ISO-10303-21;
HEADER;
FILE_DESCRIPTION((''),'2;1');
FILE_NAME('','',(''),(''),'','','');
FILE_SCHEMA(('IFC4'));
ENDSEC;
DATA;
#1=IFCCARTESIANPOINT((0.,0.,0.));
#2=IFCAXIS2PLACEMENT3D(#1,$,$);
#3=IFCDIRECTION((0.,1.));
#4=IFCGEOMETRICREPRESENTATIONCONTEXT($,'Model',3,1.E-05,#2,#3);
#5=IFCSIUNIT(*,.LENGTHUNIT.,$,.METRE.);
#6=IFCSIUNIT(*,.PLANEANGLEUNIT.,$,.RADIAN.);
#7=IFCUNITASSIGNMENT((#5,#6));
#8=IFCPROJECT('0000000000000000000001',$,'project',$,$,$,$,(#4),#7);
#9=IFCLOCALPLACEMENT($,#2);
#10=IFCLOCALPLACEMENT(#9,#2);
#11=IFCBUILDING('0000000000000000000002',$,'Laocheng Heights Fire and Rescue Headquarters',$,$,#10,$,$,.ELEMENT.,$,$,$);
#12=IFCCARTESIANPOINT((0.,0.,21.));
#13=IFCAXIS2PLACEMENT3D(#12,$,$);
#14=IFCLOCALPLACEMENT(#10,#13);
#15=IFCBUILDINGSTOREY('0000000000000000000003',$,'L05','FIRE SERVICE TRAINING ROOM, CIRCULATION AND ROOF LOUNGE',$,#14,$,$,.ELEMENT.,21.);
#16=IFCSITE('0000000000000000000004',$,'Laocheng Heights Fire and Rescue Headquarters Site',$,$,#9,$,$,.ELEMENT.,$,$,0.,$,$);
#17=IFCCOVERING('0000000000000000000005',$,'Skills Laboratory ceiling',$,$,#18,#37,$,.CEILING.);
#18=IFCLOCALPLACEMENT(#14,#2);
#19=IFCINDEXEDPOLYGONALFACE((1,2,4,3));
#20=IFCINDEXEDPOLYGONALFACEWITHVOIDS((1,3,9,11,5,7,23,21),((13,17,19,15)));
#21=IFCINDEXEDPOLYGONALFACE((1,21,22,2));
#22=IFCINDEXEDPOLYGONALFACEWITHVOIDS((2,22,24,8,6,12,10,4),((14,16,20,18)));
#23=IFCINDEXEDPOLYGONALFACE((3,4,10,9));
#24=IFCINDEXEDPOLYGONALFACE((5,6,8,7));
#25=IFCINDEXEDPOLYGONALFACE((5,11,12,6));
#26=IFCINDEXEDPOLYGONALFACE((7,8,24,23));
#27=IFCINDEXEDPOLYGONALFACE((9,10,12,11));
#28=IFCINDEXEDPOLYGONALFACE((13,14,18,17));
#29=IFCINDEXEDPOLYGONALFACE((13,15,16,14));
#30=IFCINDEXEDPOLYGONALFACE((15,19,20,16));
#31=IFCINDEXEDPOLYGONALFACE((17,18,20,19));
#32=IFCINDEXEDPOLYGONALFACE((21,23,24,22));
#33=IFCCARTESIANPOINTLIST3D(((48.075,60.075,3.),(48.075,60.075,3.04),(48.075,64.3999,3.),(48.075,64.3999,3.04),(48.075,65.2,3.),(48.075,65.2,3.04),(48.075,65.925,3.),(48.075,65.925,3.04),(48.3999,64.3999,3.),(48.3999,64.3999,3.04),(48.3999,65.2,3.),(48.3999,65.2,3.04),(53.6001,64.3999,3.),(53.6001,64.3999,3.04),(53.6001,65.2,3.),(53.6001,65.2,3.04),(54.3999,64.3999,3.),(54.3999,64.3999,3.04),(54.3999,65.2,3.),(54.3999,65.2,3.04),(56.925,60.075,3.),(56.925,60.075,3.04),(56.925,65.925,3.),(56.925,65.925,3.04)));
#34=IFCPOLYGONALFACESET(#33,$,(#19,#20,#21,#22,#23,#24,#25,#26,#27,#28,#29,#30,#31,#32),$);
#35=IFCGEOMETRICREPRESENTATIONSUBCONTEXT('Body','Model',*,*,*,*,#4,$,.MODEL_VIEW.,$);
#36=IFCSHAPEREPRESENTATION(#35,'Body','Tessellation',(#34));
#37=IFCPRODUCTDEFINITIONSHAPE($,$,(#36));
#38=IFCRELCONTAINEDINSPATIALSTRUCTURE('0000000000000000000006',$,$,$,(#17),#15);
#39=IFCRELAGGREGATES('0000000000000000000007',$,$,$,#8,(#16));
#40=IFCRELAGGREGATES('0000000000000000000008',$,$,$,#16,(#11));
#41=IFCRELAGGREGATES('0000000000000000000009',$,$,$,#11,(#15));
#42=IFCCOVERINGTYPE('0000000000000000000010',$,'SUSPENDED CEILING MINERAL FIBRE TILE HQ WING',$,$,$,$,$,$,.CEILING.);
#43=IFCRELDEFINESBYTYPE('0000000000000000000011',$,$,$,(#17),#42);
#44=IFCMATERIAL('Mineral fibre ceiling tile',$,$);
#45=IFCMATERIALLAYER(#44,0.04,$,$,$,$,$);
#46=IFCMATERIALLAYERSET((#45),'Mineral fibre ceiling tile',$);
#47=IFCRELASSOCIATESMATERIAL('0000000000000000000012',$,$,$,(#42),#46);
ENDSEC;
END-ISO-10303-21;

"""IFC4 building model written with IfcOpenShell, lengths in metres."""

from ifc_helpers import new_model, si_unit, direction, frame, origin, place, context, subcontext, project, spatial, polyline, outline, extrude, material, layer, layer_set, type_object, element, save


model = new_model("IFC4")

# Units and contexts
model_context = context("Model", 3, precision=1e-05, world=origin(), true_north=direction((0.0, 1.0)))
body_context = subcontext(model_context, "Body", "Model", "MODEL_VIEW")
ifc_project = project(units=[si_unit("LENGTHUNIT", "METRE"), si_unit("PLANEANGLEUNIT", "RADIAN")], contexts=[model_context])

# Site, building, storey
site_placement = place(None, origin())
site = spatial("IfcSite", under=ifc_project, at=site_placement, Name="Laocheng Heights Fire and Rescue Headquarters Site", CompositionType="ELEMENT", RefElevation=0.0)
building_placement = place(site_placement, origin())
building = spatial("IfcBuilding", under=site, at=building_placement, Name="Laocheng Heights Fire and Rescue Headquarters", CompositionType="ELEMENT")
storey_placement = place(building_placement, frame((0.0, 0.0, 21.0)))
storey = spatial("IfcBuildingStorey", under=building, at=storey_placement, Name="L05", Description="FIRE SERVICE TRAINING ROOM, CIRCULATION AND ROOF LOUNGE", CompositionType="ELEMENT", Elevation=21.0)

# Covering
ifc_material_1 = material(Name="Mineral fibre ceiling tile")
ifc_layer_1 = layer(ifc_material_1, 0.04)
ifc_layer_set_1 = layer_set([ifc_layer_1], Name="Mineral fibre ceiling tile")
covering_type_1 = type_object("IfcCoveringType", Name="SUSPENDED CEILING MINERAL FIBRE TILE HQ WING", PredefinedType="CEILING", material=ifc_layer_set_1)
covering_1_placement = place(storey_placement, frame((0.0, 0.0, 3.0)))
element("IfcCovering", 1, at=covering_1_placement, inside=storey, type_object=covering_type_1, Name="Skills Laboratory ceiling", PredefinedType="CEILING", context=body_context, shape_type="SweptSolid", body=[
    extrude(outline(polyline([(56.925, 60.075), (48.075, 60.075), (48.075, 64.3999), (48.3999, 64.3999), (48.3999, 65.2), (48.075, 65.2), (48.075, 65.925), (56.925, 65.925), (56.925, 60.075)]), holes=[polyline([(54.3999, 64.3999), (54.3999, 65.2), (53.6001, 65.2), (53.6001, 64.3999), (54.3999, 64.3999)])]), origin(), (0.0, 0.0, 1.0), 0.04),
])

save(model, "model.ifc")
